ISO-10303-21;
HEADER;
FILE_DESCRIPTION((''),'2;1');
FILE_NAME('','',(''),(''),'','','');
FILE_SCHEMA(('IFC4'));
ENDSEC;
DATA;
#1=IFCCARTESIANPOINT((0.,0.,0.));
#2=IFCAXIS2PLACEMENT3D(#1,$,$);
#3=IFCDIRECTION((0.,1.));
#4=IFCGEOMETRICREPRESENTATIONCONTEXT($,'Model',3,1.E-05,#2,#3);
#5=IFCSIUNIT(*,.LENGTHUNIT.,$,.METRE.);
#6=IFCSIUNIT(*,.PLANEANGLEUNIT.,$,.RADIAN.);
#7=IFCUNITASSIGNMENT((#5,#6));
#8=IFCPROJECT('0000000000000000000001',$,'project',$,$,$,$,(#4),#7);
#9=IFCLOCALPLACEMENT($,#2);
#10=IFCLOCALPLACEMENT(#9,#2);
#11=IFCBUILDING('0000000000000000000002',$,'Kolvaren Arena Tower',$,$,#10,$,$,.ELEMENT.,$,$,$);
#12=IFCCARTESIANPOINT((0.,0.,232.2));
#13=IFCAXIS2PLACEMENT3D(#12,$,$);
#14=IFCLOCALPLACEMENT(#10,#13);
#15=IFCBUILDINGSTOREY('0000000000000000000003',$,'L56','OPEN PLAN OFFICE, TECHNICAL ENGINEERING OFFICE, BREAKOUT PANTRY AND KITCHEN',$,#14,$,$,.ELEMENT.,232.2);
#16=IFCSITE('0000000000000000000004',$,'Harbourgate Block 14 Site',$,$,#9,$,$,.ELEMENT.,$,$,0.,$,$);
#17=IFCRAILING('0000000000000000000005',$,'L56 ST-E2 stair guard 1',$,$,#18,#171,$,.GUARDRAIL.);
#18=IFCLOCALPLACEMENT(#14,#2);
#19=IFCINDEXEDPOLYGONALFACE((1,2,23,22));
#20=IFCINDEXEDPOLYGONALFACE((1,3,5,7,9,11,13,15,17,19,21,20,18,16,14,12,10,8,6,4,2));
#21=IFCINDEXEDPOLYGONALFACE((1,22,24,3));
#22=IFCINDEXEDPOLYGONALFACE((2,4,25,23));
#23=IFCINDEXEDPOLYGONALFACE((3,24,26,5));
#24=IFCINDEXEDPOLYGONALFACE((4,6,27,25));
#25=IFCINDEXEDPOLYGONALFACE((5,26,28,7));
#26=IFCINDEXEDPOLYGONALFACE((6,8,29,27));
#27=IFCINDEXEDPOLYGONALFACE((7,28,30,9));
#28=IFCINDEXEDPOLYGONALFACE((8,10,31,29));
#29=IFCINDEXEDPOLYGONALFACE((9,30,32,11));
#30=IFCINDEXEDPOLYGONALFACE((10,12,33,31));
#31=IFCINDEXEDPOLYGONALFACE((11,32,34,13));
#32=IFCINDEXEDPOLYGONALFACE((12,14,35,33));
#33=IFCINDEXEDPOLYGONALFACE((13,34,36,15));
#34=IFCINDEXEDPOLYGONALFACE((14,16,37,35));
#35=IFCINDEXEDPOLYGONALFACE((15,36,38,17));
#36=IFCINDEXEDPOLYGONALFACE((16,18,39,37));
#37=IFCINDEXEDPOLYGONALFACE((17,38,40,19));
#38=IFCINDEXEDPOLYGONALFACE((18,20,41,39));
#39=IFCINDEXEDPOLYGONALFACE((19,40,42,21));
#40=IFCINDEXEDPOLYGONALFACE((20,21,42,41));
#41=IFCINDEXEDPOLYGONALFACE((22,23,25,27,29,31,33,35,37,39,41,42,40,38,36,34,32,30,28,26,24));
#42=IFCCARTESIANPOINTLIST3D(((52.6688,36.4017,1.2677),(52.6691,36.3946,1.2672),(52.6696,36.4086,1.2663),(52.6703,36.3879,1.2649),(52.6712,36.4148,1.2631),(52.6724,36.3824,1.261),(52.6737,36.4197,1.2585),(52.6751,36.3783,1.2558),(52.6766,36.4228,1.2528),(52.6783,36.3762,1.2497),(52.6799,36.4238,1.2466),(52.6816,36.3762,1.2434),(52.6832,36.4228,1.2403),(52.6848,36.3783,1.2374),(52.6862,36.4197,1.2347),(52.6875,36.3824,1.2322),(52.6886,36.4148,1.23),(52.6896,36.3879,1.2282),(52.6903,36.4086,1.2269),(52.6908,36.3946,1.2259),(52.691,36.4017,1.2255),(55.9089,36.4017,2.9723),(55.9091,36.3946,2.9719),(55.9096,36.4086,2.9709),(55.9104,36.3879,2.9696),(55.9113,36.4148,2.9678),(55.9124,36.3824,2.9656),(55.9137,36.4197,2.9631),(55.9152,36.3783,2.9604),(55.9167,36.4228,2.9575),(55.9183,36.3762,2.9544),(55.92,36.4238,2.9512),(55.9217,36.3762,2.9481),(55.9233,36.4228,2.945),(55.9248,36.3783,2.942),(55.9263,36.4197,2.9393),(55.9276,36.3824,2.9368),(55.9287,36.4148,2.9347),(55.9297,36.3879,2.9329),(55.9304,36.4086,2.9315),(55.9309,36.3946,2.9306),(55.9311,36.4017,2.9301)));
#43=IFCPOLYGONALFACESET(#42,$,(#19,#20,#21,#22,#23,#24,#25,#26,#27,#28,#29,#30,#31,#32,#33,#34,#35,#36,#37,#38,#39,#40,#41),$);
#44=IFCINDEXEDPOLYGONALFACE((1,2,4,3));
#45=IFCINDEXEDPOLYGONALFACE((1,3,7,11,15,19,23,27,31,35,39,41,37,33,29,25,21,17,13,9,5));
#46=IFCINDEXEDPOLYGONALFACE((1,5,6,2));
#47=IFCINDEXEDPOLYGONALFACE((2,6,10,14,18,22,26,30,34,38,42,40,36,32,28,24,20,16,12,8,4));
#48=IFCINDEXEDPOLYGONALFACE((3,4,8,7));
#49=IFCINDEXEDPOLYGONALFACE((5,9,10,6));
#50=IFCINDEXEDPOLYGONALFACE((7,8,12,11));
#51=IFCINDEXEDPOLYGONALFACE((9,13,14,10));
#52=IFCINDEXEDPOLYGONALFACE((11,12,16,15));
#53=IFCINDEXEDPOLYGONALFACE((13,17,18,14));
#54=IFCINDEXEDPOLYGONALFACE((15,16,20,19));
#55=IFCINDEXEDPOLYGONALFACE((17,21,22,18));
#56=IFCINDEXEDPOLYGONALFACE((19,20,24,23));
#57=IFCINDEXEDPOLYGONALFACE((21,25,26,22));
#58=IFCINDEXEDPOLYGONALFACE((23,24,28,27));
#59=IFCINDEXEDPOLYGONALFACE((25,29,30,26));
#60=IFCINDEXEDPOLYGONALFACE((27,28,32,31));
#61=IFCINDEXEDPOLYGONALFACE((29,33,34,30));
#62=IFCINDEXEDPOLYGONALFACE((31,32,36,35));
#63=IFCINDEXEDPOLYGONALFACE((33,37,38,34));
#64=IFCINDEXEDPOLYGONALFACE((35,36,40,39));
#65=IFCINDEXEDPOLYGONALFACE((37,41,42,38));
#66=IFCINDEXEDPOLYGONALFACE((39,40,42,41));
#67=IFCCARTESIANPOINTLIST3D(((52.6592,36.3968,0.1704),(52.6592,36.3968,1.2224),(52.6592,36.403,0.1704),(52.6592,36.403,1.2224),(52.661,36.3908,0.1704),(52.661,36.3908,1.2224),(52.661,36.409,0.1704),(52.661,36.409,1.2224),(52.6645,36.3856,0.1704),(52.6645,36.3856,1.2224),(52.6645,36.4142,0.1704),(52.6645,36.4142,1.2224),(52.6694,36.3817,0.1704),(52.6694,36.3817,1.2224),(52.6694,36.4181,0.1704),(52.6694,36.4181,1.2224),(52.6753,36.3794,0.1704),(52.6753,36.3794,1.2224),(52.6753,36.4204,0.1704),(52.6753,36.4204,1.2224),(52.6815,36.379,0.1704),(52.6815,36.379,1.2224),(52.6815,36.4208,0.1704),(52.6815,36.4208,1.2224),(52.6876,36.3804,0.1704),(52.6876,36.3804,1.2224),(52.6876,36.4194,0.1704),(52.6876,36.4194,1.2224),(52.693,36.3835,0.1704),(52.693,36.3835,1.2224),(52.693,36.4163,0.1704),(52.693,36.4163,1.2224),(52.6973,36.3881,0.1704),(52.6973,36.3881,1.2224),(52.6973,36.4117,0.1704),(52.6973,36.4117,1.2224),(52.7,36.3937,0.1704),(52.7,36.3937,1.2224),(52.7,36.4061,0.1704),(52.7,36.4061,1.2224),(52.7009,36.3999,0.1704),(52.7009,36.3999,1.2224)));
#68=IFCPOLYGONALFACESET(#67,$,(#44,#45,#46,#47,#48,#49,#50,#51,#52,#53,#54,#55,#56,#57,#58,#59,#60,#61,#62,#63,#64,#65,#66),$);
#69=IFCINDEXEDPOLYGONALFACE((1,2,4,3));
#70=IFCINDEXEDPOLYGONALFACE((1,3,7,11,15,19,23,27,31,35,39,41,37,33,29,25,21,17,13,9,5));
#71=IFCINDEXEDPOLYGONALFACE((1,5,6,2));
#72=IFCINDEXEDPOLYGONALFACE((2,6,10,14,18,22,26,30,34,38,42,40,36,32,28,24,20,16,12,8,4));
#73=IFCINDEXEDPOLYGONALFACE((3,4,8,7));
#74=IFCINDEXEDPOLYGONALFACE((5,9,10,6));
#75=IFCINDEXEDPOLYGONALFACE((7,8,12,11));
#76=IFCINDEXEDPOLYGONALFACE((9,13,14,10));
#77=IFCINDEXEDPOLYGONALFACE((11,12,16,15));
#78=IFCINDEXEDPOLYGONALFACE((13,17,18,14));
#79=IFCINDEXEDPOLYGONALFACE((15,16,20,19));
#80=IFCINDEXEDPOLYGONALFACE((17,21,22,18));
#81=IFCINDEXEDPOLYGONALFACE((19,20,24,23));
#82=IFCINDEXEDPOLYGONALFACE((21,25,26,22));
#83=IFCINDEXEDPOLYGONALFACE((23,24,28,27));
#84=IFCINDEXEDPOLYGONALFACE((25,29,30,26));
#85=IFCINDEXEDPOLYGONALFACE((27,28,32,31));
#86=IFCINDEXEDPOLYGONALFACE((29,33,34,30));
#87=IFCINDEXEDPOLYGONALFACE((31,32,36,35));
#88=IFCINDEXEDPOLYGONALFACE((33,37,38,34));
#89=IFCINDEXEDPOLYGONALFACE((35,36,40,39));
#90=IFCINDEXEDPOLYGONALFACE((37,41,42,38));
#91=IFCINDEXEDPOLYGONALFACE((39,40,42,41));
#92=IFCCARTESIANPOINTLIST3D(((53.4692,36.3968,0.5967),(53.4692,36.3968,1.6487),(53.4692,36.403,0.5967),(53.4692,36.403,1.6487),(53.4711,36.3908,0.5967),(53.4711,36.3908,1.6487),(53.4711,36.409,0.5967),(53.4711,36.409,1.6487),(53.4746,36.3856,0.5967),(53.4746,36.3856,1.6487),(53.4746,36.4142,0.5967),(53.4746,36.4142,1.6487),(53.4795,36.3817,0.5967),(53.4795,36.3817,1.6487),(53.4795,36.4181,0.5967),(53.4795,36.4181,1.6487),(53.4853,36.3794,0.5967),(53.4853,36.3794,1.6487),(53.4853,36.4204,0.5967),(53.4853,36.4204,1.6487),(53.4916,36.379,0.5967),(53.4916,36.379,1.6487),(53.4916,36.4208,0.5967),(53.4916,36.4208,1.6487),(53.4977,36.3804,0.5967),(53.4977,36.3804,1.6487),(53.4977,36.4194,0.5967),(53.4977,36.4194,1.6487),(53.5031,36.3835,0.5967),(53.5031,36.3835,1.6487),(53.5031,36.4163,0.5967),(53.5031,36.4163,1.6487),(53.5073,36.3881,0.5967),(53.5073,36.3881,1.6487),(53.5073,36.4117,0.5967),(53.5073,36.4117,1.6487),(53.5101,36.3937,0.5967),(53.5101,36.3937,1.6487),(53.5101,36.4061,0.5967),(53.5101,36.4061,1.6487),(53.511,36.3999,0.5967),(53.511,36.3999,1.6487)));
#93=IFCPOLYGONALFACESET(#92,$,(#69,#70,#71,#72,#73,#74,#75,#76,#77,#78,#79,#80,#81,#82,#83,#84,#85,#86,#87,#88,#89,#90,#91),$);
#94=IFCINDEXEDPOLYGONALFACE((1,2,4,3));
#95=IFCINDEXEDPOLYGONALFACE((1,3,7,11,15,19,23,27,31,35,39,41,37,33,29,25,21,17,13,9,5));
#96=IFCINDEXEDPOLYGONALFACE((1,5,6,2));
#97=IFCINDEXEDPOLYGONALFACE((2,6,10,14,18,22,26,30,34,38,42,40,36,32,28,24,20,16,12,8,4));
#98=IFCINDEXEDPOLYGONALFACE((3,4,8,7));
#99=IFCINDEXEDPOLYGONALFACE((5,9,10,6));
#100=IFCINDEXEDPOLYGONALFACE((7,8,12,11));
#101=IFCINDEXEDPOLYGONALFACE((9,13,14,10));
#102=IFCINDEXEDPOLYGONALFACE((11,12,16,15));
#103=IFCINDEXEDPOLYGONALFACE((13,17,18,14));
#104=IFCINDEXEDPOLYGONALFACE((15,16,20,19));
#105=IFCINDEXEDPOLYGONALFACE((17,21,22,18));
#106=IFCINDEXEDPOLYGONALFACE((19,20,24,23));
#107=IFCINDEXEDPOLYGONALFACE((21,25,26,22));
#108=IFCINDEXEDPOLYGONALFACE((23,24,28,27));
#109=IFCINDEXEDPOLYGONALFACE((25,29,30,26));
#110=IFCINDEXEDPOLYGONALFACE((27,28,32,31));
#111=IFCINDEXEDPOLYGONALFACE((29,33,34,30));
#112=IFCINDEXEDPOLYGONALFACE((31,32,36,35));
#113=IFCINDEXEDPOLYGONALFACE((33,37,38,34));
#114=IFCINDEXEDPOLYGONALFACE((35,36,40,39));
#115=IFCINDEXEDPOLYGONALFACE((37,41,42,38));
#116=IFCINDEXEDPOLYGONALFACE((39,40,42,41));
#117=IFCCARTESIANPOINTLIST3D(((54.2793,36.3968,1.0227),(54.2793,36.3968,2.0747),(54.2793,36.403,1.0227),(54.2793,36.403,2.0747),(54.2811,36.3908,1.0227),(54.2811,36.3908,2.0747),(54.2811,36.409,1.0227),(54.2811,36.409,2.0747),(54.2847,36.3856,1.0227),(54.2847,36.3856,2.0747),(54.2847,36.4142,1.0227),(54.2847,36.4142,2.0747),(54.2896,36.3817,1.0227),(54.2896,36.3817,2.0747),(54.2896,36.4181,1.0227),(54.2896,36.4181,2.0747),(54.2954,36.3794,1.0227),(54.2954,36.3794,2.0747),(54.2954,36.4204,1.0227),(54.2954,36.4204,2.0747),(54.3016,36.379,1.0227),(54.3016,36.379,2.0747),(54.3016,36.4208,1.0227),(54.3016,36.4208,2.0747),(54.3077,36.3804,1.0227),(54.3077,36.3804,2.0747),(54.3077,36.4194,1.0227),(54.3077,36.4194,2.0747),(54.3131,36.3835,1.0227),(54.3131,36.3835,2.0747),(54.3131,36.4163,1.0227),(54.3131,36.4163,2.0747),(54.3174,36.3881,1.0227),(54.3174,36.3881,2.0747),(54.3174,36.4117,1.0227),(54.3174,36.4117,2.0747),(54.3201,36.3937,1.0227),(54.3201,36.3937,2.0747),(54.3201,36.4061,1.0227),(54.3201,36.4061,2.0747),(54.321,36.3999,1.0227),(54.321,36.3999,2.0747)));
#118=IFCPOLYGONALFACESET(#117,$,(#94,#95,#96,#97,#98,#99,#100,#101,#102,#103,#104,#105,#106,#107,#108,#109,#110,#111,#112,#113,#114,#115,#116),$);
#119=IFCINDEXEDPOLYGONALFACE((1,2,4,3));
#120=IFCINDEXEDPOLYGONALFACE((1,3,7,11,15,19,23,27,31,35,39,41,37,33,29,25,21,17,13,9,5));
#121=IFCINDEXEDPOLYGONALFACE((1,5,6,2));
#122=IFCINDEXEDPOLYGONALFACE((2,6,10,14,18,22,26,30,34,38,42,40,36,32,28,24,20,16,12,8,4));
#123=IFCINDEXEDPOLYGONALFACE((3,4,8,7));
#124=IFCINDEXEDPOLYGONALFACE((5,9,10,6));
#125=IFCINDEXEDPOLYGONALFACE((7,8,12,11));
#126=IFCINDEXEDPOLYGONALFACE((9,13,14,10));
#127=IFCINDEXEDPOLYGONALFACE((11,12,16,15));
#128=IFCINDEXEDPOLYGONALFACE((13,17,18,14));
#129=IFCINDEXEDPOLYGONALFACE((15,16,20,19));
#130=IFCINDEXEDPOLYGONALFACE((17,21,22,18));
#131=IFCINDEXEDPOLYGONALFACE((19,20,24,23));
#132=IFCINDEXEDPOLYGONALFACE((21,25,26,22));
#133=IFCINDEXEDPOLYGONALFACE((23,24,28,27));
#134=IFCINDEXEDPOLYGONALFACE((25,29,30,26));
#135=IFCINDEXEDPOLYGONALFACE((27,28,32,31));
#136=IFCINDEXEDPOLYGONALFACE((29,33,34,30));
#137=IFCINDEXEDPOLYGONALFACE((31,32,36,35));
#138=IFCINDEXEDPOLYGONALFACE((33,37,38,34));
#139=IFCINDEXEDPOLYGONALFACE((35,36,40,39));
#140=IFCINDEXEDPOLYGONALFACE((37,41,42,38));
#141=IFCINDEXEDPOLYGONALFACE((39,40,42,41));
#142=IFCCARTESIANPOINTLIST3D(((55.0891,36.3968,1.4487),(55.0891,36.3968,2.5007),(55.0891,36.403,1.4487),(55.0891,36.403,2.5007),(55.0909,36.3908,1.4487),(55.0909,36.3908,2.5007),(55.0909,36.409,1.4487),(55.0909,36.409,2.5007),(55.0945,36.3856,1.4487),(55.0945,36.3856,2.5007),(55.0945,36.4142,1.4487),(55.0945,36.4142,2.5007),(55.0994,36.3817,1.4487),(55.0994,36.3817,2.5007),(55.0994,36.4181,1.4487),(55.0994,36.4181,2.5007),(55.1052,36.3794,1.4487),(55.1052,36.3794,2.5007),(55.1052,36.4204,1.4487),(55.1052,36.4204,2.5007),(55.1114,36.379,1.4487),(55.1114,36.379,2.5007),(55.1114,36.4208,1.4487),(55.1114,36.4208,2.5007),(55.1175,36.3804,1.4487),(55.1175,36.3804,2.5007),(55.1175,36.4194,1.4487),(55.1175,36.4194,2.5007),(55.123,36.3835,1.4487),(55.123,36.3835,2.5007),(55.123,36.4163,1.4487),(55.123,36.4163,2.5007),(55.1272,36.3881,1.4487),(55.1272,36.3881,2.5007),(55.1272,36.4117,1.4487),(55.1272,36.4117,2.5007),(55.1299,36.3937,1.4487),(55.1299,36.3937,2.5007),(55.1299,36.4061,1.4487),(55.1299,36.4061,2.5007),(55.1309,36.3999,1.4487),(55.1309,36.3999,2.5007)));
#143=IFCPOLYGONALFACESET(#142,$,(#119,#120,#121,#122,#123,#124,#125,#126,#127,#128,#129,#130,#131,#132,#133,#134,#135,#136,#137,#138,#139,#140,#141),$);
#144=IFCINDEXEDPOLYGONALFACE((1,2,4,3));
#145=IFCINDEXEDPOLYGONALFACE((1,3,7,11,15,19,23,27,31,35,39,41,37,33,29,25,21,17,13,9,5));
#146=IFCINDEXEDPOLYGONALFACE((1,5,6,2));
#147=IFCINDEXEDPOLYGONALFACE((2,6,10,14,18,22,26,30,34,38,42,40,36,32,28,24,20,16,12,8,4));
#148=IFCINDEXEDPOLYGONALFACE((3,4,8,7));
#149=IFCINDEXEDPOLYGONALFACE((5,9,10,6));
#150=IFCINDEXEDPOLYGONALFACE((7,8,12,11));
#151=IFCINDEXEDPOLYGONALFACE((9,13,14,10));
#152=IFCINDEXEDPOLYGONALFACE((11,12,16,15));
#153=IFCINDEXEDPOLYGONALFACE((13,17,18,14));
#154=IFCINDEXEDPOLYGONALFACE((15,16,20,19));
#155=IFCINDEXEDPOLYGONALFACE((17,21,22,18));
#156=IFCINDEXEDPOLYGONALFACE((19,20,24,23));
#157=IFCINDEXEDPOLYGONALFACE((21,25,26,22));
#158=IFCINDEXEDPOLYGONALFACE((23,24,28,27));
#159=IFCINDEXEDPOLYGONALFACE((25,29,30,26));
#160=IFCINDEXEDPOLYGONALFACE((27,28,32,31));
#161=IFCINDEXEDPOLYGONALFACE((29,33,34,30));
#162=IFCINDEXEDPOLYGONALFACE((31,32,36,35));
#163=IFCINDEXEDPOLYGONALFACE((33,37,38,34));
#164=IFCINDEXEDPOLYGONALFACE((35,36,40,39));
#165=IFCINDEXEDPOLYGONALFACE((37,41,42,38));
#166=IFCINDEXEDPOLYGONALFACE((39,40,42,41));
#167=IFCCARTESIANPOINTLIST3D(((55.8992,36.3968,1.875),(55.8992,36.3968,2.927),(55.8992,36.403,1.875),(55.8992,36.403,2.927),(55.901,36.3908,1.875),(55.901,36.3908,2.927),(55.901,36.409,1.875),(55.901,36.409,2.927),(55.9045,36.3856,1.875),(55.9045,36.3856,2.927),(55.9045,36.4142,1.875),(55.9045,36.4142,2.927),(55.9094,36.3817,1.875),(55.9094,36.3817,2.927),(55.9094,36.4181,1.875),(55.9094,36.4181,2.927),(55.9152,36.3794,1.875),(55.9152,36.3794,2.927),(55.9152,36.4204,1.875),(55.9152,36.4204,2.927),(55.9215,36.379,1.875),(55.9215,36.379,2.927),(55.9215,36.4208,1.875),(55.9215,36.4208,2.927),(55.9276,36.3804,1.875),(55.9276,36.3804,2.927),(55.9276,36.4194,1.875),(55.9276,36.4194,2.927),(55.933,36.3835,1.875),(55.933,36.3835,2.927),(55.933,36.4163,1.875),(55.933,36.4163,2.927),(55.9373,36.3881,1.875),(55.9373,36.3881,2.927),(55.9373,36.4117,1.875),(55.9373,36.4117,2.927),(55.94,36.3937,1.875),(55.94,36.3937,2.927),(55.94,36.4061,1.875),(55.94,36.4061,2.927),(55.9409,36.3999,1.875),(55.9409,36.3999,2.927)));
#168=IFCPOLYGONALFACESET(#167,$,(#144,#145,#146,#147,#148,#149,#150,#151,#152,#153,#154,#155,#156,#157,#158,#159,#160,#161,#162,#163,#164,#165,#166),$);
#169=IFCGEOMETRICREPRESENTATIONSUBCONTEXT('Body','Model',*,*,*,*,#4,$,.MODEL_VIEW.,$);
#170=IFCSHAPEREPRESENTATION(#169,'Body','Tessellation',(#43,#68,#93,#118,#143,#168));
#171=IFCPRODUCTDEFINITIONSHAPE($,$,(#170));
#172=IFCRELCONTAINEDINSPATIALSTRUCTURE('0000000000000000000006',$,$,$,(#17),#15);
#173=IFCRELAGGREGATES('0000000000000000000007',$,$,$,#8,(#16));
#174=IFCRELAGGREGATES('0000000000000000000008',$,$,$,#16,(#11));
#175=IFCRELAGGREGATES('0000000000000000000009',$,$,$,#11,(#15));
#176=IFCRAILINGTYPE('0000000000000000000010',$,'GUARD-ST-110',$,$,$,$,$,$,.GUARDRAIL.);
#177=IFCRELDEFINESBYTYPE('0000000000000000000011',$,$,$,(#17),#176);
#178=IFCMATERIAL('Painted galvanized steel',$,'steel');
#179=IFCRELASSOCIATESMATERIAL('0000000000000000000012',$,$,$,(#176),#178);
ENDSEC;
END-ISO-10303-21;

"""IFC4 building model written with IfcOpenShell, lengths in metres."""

from ifc_helpers import new_model, si_unit, direction, frame, origin, origin_2d, place, context, subcontext, project, spatial, circle, extrude, material, type_object, element, save


model = new_model("IFC4")

# Units and contexts
model_context = context("Model", 3, precision=1e-05, world=origin(), true_north=direction((0.0, 1.0)))
body_context = subcontext(model_context, "Body", "Model", "MODEL_VIEW")
ifc_project = project(units=[si_unit("LENGTHUNIT", "METRE"), si_unit("PLANEANGLEUNIT", "RADIAN")], contexts=[model_context])

# Site, building, storey
site_placement = place(None, origin())
site = spatial("IfcSite", under=ifc_project, at=site_placement, Name="Harbourgate Block 14 Site", CompositionType="ELEMENT", RefElevation=0.0)
building_placement = place(site_placement, origin())
building = spatial("IfcBuilding", under=site, at=building_placement, Name="Kolvaren Arena Tower", CompositionType="ELEMENT")
storey_placement = place(building_placement, frame((0.0, 0.0, 232.2)))
storey = spatial("IfcBuildingStorey", under=building, at=storey_placement, Name="L56", Description="OPEN PLAN OFFICE, TECHNICAL ENGINEERING OFFICE, BREAKOUT PANTRY AND KITCHEN", CompositionType="ELEMENT", Elevation=232.2)

# Railing
ifc_material_1 = material(Name="Painted galvanized steel", Category="steel")
railing_type = type_object("IfcRailingType", Name="GUARD-ST-110", PredefinedType="GUARDRAIL", material=ifc_material_1)
railing_1_placement = place(storey_placement, frame((52.6799, 36.3999, 0.1704)))
element("IfcRailing", 1, at=railing_1_placement, inside=storey, type_object=railing_type, Name="L56 ST-E2 stair guard 1", PredefinedType="GUARDRAIL", context=body_context, shape_type="SweptSolid", body=[
    extrude(circle(Radius=0.0239, at=origin_2d()), frame((0.0, 0.0, 1.0762), z_axis=(0.884993, 0.0, 0.465604), x_axis=(0.0, 1.0, 0.0)), (0.0, 0.0, 1.0), 3.6611),
    extrude(circle(Radius=0.021, at=origin_2d()), origin(), (0.0, 0.0, 1.0), 1.052),
    extrude(circle(Radius=0.021, at=origin_2d()), frame((0.8101, 0.0, 0.4263)), (0.0, 0.0, 1.0), 1.052),
    extrude(circle(Radius=0.021, at=origin_2d()), frame((1.6201, 0.0, 0.8523)), (0.0, 0.0, 1.0), 1.052),
    extrude(circle(Radius=0.021, at=origin_2d()), frame((2.4299, 0.0, 1.2783)), (0.0, 0.0, 1.0), 1.052),
    extrude(circle(Radius=0.021, at=origin_2d()), frame((3.24, 0.0, 1.7046)), (0.0, 0.0, 1.0), 1.052),
])

save(model, "model.ifc")
